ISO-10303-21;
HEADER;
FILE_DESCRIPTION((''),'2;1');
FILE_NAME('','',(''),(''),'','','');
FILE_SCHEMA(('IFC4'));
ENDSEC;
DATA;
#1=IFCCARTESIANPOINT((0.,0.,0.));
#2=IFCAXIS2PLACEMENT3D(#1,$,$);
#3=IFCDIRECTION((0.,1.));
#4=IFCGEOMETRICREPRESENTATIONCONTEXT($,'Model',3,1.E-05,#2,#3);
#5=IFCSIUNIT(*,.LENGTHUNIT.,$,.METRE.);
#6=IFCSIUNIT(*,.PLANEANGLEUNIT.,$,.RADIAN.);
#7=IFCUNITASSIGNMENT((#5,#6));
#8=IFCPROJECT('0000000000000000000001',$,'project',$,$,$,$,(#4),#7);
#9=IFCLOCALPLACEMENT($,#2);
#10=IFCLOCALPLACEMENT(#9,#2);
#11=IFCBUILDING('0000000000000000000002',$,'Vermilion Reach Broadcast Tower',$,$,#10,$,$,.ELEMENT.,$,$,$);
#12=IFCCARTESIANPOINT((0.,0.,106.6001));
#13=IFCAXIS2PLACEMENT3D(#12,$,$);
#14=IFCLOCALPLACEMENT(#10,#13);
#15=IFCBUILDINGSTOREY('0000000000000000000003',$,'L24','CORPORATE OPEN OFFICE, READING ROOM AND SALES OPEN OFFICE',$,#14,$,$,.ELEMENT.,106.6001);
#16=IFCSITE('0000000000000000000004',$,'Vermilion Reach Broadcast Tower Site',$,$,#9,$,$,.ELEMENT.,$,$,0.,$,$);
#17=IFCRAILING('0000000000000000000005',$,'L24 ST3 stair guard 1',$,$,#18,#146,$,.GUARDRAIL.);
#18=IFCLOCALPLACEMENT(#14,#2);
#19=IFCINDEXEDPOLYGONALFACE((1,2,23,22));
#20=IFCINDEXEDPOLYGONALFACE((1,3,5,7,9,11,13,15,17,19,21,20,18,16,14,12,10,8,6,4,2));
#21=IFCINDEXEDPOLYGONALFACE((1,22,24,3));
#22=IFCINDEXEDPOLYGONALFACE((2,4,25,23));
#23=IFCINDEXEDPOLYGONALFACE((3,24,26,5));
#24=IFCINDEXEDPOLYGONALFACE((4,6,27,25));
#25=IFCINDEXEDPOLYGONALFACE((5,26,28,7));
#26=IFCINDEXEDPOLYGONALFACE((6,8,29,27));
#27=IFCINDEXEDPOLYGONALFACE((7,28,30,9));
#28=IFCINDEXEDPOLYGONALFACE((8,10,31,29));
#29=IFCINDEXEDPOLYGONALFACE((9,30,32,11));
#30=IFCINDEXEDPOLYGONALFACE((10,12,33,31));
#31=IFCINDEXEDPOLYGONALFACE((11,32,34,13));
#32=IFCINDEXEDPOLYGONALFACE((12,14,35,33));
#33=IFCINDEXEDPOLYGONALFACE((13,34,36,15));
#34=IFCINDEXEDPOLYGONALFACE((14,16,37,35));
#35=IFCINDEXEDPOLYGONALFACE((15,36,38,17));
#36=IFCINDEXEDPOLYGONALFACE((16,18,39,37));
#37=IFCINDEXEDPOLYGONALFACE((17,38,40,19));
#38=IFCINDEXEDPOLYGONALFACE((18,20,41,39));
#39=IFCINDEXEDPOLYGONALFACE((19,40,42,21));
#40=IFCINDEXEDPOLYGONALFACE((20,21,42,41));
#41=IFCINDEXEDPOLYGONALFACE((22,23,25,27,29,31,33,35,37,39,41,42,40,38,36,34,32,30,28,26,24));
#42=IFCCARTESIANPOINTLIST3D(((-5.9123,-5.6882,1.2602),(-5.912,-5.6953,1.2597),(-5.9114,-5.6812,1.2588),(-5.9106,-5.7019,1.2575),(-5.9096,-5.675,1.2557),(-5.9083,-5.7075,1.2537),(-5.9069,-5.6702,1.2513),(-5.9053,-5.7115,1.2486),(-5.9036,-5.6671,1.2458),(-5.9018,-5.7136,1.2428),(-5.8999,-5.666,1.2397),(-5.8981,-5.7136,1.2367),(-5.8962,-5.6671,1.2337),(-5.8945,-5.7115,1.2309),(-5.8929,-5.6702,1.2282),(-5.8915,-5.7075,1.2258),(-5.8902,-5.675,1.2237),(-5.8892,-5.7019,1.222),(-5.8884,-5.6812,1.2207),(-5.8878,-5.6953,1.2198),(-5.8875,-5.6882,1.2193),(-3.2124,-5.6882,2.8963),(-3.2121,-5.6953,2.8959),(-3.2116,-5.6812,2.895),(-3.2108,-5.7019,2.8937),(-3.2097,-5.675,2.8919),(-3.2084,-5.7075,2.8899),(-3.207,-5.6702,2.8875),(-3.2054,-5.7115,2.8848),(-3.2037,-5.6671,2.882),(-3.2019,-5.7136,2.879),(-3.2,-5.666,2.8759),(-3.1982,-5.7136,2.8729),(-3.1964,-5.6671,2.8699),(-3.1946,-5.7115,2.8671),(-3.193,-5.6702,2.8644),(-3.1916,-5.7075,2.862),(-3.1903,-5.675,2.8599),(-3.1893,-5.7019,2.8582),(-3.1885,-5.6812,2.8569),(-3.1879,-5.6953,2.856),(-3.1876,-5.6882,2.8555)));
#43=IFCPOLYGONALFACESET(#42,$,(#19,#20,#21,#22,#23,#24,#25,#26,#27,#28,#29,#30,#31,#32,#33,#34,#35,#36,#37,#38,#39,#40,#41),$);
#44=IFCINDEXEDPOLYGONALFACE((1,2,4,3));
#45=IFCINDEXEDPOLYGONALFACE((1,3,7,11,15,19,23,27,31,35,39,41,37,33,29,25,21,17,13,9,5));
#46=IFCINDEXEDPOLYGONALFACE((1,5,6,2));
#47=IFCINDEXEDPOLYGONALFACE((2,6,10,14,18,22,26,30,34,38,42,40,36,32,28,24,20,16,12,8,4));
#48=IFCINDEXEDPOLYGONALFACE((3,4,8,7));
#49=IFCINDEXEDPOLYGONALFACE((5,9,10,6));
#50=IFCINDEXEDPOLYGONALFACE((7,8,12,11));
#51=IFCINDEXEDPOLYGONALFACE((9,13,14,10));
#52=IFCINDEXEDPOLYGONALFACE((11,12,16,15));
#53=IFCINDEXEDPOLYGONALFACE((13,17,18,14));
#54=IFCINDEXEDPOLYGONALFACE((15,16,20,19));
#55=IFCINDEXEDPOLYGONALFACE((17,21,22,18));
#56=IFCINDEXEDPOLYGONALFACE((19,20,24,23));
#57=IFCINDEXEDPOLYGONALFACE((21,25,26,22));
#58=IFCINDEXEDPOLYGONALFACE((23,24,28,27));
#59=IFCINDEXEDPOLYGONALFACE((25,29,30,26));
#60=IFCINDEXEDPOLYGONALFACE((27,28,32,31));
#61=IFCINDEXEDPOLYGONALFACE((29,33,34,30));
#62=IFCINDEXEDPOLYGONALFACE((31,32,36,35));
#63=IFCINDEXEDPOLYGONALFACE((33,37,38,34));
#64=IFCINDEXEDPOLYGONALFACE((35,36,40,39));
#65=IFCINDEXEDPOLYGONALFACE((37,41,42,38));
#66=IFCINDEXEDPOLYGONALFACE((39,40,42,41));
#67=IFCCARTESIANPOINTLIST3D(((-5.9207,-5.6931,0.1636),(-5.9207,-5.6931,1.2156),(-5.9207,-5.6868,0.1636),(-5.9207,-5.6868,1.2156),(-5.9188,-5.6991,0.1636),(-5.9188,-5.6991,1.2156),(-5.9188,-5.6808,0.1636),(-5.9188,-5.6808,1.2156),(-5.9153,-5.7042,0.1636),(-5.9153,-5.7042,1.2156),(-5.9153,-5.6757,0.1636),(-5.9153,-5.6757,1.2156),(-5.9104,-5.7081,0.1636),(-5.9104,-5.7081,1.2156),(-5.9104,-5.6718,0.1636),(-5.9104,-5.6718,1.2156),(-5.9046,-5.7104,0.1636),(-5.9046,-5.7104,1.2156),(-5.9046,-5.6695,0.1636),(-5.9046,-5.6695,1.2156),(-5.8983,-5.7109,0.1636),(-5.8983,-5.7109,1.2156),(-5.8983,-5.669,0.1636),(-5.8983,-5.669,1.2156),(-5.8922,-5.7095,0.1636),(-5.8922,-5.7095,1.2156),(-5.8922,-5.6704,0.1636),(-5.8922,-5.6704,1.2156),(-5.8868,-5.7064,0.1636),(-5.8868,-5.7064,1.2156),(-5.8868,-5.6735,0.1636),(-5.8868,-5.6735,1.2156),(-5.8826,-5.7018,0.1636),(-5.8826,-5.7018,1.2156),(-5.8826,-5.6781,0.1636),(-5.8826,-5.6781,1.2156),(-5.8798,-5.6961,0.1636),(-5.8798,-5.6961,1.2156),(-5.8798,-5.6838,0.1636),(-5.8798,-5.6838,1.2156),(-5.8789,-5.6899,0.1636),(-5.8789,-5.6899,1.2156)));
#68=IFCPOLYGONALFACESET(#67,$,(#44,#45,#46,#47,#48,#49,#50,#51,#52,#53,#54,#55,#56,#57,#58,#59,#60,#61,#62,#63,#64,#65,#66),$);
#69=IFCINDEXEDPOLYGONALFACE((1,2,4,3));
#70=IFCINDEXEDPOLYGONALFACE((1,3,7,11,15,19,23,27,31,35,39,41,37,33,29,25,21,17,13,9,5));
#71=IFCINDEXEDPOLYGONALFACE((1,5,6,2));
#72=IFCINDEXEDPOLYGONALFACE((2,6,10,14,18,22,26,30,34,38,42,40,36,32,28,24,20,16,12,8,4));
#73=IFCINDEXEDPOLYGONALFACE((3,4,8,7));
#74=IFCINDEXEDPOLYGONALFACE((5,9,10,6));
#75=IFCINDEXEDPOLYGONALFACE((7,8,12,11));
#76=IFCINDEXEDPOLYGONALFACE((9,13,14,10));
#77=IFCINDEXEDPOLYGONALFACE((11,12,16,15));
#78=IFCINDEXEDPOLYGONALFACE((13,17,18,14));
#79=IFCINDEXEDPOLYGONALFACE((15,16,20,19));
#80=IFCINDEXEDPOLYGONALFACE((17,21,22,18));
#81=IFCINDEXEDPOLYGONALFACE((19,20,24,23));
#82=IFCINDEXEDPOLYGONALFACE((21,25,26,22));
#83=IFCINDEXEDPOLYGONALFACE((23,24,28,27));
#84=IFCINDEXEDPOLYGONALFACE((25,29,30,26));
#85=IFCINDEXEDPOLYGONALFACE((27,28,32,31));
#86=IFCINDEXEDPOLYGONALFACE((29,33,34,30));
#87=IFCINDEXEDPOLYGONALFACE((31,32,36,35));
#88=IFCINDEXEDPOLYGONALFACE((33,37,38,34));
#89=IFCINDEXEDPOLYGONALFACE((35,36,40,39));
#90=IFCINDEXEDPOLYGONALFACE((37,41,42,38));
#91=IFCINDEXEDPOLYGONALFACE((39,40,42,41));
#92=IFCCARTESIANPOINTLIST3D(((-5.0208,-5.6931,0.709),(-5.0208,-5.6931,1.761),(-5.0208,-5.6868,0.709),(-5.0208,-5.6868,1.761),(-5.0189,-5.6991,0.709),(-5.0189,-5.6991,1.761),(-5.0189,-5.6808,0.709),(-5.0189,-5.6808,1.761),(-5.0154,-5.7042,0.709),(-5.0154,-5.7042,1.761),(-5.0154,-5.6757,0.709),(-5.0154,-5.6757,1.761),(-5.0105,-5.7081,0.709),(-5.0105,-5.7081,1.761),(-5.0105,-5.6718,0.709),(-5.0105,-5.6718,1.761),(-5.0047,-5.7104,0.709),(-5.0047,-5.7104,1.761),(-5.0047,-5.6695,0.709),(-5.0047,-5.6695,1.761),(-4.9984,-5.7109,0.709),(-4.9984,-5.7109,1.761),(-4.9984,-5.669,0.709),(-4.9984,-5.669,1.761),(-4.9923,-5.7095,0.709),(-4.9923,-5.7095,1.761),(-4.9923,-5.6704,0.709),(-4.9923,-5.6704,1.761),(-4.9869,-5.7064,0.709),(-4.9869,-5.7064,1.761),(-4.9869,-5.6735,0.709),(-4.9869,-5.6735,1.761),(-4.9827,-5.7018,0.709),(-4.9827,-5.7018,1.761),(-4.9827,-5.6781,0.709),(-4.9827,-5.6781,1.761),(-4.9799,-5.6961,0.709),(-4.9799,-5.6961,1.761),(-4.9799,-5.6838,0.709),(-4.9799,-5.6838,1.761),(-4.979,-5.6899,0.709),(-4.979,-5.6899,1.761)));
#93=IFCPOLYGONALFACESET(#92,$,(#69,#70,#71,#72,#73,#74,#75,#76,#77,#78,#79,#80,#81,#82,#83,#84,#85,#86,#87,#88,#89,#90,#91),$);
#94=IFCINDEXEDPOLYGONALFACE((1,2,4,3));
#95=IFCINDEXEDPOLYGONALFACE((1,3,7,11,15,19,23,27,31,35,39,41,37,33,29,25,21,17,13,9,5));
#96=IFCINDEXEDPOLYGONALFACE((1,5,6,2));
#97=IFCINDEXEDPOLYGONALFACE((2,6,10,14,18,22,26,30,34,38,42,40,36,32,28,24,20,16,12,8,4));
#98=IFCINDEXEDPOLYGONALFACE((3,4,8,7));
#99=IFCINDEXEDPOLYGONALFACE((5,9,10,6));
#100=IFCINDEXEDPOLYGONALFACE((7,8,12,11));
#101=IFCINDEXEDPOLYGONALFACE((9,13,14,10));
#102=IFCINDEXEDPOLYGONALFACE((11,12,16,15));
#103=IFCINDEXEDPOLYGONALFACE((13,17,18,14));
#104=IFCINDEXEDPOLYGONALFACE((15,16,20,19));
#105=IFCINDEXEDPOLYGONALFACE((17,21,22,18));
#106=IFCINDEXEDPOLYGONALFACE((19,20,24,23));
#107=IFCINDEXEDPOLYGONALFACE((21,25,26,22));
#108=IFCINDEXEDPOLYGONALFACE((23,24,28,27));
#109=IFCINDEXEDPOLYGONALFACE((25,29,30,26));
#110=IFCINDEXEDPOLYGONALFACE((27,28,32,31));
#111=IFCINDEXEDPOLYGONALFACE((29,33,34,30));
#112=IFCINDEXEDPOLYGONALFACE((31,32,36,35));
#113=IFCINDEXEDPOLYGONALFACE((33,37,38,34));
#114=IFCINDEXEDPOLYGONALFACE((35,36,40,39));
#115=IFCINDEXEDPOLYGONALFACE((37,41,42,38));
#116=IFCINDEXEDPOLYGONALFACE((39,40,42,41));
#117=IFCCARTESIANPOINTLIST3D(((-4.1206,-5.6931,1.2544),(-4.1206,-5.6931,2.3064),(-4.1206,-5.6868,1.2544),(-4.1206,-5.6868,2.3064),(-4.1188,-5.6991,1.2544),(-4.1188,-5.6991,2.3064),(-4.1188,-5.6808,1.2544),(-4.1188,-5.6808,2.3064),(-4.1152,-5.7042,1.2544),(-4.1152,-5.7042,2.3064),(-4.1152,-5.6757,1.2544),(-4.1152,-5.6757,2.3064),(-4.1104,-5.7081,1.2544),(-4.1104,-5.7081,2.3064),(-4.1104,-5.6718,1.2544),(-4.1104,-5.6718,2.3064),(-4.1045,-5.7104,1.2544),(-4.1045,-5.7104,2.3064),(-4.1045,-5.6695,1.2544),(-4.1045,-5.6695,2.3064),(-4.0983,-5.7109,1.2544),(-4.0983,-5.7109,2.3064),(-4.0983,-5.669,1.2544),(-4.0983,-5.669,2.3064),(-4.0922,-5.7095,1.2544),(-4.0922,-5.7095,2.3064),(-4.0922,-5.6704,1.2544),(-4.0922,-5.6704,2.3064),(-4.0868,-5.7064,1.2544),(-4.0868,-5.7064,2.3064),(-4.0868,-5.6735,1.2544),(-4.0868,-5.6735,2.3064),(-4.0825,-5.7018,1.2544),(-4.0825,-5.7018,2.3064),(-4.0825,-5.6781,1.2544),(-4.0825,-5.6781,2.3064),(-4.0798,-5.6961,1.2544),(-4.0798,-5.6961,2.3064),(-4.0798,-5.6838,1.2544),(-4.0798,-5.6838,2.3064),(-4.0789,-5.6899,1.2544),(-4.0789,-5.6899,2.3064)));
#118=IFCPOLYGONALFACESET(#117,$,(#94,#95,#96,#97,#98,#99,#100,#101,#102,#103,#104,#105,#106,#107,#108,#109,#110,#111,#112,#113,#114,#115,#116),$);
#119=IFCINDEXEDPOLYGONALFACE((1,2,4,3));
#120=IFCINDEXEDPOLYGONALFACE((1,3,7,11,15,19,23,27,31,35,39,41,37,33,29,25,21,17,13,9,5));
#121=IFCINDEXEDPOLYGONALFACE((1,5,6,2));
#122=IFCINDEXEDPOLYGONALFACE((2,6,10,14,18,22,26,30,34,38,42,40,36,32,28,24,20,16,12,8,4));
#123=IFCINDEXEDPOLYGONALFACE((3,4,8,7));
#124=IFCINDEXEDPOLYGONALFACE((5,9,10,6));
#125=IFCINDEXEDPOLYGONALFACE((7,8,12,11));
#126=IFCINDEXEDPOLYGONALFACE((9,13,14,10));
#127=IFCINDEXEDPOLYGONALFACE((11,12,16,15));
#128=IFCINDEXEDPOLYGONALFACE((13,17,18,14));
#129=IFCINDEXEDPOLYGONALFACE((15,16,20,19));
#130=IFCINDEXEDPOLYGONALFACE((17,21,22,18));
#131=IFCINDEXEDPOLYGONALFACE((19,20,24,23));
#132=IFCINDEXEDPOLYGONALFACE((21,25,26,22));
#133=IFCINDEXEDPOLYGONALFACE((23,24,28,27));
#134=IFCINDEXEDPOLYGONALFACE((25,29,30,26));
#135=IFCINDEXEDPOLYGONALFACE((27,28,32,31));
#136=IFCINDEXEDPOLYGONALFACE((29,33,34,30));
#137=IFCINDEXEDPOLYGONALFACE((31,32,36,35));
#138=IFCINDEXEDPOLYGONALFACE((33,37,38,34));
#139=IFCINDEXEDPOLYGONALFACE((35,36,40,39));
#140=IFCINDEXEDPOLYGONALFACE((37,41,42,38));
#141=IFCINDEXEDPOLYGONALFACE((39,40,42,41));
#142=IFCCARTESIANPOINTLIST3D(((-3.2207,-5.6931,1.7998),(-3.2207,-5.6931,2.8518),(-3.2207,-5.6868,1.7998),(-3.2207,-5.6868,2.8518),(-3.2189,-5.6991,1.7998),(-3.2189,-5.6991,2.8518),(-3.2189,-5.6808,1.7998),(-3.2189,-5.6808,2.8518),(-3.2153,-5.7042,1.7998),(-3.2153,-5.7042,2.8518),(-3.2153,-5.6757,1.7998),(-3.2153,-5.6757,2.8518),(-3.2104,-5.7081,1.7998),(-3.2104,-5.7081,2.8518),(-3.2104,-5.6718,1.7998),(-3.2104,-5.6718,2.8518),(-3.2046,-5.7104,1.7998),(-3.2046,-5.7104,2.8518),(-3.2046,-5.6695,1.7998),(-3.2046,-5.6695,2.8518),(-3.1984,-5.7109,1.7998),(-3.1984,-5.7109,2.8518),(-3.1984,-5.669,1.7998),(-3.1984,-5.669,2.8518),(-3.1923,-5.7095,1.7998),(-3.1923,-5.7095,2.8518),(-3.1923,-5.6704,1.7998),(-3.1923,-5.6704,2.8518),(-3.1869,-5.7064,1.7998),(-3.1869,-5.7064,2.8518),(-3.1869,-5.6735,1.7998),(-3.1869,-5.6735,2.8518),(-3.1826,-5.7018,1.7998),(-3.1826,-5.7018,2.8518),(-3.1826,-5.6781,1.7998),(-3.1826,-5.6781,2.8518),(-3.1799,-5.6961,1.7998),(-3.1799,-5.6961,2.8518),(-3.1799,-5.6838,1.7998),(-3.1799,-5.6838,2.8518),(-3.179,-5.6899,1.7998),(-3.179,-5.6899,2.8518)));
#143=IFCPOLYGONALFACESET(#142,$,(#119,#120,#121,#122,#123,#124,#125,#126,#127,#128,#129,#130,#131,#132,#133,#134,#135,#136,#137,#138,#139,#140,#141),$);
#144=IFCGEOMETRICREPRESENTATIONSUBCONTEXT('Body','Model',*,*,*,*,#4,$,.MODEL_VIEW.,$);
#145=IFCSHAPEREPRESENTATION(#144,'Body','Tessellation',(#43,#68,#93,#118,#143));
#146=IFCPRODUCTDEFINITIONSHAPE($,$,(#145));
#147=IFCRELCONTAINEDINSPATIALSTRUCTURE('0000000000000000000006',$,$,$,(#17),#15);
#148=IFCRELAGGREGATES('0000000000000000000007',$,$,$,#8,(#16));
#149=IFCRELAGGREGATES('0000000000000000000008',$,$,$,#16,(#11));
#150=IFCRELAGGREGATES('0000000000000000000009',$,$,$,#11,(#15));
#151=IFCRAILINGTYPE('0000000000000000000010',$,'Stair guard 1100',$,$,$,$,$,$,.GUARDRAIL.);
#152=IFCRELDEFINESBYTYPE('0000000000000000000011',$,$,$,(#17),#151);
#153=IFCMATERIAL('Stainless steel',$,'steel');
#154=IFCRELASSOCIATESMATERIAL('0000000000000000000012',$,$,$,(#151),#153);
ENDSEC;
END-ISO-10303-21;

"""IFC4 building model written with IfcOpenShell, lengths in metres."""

from ifc_helpers import new_model, si_unit, direction, frame, origin, origin_2d, place, context, subcontext, project, spatial, circle, extrude, material, type_object, element, save


model = new_model("IFC4")

# Units and contexts
model_context = context("Model", 3, precision=1e-05, world=origin(), true_north=direction((0.0, 1.0)))
body_context = subcontext(model_context, "Body", "Model", "MODEL_VIEW")
ifc_project = project(units=[si_unit("LENGTHUNIT", "METRE"), si_unit("PLANEANGLEUNIT", "RADIAN")], contexts=[model_context])

# Site, building, storey
site_placement = place(None, origin())
site = spatial("IfcSite", under=ifc_project, at=site_placement, Name="Vermilion Reach Broadcast Tower Site", CompositionType="ELEMENT", RefElevation=0.0)
building_placement = place(site_placement, origin())
building = spatial("IfcBuilding", under=site, at=building_placement, Name="Vermilion Reach Broadcast Tower", CompositionType="ELEMENT")
storey_placement = place(building_placement, frame((0.0, 0.0, 106.6001)))
storey = spatial("IfcBuildingStorey", under=building, at=storey_placement, Name="L24", Description="CORPORATE OPEN OFFICE, READING ROOM AND SALES OPEN OFFICE", CompositionType="ELEMENT", Elevation=106.6001)

# Railing
ifc_material_1 = material(Name="Stainless steel", Category="steel")
railing_type_1 = type_object("IfcRailingType", Name="Stair guard 1100", PredefinedType="GUARDRAIL", material=ifc_material_1)
railing_1_placement = place(storey_placement, frame((-5.8999, -5.6899, 0.1636)))
element("IfcRailing", 1, at=railing_1_placement, inside=storey, type_object=railing_type_1, Name="L24 ST3 stair guard 1", PredefinedType="GUARDRAIL", context=body_context, shape_type="SweptSolid", body=[
    extrude(circle(Radius=0.0239, at=origin_2d()), frame((0.0, 0.0, 1.0762), z_axis=(0.855212, 0.0, 0.518278), x_axis=(0.0, 1.0, 0.0)), (0.0, 0.0, 1.0), 3.157),
    extrude(circle(Radius=0.021, at=origin_2d()), origin(), (0.0, 0.0, 1.0), 1.052),
    extrude(circle(Radius=0.021, at=origin_2d()), frame((0.8999, 0.0, 0.5454)), (0.0, 0.0, 1.0), 1.052),
    extrude(circle(Radius=0.021, at=origin_2d()), frame((1.8, 0.0, 1.0908)), (0.0, 0.0, 1.0), 1.052),
    extrude(circle(Radius=0.021, at=origin_2d()), frame((2.7, 0.0, 1.6362)), (0.0, 0.0, 1.0), 1.052),
])

save(model, "model.ifc")
